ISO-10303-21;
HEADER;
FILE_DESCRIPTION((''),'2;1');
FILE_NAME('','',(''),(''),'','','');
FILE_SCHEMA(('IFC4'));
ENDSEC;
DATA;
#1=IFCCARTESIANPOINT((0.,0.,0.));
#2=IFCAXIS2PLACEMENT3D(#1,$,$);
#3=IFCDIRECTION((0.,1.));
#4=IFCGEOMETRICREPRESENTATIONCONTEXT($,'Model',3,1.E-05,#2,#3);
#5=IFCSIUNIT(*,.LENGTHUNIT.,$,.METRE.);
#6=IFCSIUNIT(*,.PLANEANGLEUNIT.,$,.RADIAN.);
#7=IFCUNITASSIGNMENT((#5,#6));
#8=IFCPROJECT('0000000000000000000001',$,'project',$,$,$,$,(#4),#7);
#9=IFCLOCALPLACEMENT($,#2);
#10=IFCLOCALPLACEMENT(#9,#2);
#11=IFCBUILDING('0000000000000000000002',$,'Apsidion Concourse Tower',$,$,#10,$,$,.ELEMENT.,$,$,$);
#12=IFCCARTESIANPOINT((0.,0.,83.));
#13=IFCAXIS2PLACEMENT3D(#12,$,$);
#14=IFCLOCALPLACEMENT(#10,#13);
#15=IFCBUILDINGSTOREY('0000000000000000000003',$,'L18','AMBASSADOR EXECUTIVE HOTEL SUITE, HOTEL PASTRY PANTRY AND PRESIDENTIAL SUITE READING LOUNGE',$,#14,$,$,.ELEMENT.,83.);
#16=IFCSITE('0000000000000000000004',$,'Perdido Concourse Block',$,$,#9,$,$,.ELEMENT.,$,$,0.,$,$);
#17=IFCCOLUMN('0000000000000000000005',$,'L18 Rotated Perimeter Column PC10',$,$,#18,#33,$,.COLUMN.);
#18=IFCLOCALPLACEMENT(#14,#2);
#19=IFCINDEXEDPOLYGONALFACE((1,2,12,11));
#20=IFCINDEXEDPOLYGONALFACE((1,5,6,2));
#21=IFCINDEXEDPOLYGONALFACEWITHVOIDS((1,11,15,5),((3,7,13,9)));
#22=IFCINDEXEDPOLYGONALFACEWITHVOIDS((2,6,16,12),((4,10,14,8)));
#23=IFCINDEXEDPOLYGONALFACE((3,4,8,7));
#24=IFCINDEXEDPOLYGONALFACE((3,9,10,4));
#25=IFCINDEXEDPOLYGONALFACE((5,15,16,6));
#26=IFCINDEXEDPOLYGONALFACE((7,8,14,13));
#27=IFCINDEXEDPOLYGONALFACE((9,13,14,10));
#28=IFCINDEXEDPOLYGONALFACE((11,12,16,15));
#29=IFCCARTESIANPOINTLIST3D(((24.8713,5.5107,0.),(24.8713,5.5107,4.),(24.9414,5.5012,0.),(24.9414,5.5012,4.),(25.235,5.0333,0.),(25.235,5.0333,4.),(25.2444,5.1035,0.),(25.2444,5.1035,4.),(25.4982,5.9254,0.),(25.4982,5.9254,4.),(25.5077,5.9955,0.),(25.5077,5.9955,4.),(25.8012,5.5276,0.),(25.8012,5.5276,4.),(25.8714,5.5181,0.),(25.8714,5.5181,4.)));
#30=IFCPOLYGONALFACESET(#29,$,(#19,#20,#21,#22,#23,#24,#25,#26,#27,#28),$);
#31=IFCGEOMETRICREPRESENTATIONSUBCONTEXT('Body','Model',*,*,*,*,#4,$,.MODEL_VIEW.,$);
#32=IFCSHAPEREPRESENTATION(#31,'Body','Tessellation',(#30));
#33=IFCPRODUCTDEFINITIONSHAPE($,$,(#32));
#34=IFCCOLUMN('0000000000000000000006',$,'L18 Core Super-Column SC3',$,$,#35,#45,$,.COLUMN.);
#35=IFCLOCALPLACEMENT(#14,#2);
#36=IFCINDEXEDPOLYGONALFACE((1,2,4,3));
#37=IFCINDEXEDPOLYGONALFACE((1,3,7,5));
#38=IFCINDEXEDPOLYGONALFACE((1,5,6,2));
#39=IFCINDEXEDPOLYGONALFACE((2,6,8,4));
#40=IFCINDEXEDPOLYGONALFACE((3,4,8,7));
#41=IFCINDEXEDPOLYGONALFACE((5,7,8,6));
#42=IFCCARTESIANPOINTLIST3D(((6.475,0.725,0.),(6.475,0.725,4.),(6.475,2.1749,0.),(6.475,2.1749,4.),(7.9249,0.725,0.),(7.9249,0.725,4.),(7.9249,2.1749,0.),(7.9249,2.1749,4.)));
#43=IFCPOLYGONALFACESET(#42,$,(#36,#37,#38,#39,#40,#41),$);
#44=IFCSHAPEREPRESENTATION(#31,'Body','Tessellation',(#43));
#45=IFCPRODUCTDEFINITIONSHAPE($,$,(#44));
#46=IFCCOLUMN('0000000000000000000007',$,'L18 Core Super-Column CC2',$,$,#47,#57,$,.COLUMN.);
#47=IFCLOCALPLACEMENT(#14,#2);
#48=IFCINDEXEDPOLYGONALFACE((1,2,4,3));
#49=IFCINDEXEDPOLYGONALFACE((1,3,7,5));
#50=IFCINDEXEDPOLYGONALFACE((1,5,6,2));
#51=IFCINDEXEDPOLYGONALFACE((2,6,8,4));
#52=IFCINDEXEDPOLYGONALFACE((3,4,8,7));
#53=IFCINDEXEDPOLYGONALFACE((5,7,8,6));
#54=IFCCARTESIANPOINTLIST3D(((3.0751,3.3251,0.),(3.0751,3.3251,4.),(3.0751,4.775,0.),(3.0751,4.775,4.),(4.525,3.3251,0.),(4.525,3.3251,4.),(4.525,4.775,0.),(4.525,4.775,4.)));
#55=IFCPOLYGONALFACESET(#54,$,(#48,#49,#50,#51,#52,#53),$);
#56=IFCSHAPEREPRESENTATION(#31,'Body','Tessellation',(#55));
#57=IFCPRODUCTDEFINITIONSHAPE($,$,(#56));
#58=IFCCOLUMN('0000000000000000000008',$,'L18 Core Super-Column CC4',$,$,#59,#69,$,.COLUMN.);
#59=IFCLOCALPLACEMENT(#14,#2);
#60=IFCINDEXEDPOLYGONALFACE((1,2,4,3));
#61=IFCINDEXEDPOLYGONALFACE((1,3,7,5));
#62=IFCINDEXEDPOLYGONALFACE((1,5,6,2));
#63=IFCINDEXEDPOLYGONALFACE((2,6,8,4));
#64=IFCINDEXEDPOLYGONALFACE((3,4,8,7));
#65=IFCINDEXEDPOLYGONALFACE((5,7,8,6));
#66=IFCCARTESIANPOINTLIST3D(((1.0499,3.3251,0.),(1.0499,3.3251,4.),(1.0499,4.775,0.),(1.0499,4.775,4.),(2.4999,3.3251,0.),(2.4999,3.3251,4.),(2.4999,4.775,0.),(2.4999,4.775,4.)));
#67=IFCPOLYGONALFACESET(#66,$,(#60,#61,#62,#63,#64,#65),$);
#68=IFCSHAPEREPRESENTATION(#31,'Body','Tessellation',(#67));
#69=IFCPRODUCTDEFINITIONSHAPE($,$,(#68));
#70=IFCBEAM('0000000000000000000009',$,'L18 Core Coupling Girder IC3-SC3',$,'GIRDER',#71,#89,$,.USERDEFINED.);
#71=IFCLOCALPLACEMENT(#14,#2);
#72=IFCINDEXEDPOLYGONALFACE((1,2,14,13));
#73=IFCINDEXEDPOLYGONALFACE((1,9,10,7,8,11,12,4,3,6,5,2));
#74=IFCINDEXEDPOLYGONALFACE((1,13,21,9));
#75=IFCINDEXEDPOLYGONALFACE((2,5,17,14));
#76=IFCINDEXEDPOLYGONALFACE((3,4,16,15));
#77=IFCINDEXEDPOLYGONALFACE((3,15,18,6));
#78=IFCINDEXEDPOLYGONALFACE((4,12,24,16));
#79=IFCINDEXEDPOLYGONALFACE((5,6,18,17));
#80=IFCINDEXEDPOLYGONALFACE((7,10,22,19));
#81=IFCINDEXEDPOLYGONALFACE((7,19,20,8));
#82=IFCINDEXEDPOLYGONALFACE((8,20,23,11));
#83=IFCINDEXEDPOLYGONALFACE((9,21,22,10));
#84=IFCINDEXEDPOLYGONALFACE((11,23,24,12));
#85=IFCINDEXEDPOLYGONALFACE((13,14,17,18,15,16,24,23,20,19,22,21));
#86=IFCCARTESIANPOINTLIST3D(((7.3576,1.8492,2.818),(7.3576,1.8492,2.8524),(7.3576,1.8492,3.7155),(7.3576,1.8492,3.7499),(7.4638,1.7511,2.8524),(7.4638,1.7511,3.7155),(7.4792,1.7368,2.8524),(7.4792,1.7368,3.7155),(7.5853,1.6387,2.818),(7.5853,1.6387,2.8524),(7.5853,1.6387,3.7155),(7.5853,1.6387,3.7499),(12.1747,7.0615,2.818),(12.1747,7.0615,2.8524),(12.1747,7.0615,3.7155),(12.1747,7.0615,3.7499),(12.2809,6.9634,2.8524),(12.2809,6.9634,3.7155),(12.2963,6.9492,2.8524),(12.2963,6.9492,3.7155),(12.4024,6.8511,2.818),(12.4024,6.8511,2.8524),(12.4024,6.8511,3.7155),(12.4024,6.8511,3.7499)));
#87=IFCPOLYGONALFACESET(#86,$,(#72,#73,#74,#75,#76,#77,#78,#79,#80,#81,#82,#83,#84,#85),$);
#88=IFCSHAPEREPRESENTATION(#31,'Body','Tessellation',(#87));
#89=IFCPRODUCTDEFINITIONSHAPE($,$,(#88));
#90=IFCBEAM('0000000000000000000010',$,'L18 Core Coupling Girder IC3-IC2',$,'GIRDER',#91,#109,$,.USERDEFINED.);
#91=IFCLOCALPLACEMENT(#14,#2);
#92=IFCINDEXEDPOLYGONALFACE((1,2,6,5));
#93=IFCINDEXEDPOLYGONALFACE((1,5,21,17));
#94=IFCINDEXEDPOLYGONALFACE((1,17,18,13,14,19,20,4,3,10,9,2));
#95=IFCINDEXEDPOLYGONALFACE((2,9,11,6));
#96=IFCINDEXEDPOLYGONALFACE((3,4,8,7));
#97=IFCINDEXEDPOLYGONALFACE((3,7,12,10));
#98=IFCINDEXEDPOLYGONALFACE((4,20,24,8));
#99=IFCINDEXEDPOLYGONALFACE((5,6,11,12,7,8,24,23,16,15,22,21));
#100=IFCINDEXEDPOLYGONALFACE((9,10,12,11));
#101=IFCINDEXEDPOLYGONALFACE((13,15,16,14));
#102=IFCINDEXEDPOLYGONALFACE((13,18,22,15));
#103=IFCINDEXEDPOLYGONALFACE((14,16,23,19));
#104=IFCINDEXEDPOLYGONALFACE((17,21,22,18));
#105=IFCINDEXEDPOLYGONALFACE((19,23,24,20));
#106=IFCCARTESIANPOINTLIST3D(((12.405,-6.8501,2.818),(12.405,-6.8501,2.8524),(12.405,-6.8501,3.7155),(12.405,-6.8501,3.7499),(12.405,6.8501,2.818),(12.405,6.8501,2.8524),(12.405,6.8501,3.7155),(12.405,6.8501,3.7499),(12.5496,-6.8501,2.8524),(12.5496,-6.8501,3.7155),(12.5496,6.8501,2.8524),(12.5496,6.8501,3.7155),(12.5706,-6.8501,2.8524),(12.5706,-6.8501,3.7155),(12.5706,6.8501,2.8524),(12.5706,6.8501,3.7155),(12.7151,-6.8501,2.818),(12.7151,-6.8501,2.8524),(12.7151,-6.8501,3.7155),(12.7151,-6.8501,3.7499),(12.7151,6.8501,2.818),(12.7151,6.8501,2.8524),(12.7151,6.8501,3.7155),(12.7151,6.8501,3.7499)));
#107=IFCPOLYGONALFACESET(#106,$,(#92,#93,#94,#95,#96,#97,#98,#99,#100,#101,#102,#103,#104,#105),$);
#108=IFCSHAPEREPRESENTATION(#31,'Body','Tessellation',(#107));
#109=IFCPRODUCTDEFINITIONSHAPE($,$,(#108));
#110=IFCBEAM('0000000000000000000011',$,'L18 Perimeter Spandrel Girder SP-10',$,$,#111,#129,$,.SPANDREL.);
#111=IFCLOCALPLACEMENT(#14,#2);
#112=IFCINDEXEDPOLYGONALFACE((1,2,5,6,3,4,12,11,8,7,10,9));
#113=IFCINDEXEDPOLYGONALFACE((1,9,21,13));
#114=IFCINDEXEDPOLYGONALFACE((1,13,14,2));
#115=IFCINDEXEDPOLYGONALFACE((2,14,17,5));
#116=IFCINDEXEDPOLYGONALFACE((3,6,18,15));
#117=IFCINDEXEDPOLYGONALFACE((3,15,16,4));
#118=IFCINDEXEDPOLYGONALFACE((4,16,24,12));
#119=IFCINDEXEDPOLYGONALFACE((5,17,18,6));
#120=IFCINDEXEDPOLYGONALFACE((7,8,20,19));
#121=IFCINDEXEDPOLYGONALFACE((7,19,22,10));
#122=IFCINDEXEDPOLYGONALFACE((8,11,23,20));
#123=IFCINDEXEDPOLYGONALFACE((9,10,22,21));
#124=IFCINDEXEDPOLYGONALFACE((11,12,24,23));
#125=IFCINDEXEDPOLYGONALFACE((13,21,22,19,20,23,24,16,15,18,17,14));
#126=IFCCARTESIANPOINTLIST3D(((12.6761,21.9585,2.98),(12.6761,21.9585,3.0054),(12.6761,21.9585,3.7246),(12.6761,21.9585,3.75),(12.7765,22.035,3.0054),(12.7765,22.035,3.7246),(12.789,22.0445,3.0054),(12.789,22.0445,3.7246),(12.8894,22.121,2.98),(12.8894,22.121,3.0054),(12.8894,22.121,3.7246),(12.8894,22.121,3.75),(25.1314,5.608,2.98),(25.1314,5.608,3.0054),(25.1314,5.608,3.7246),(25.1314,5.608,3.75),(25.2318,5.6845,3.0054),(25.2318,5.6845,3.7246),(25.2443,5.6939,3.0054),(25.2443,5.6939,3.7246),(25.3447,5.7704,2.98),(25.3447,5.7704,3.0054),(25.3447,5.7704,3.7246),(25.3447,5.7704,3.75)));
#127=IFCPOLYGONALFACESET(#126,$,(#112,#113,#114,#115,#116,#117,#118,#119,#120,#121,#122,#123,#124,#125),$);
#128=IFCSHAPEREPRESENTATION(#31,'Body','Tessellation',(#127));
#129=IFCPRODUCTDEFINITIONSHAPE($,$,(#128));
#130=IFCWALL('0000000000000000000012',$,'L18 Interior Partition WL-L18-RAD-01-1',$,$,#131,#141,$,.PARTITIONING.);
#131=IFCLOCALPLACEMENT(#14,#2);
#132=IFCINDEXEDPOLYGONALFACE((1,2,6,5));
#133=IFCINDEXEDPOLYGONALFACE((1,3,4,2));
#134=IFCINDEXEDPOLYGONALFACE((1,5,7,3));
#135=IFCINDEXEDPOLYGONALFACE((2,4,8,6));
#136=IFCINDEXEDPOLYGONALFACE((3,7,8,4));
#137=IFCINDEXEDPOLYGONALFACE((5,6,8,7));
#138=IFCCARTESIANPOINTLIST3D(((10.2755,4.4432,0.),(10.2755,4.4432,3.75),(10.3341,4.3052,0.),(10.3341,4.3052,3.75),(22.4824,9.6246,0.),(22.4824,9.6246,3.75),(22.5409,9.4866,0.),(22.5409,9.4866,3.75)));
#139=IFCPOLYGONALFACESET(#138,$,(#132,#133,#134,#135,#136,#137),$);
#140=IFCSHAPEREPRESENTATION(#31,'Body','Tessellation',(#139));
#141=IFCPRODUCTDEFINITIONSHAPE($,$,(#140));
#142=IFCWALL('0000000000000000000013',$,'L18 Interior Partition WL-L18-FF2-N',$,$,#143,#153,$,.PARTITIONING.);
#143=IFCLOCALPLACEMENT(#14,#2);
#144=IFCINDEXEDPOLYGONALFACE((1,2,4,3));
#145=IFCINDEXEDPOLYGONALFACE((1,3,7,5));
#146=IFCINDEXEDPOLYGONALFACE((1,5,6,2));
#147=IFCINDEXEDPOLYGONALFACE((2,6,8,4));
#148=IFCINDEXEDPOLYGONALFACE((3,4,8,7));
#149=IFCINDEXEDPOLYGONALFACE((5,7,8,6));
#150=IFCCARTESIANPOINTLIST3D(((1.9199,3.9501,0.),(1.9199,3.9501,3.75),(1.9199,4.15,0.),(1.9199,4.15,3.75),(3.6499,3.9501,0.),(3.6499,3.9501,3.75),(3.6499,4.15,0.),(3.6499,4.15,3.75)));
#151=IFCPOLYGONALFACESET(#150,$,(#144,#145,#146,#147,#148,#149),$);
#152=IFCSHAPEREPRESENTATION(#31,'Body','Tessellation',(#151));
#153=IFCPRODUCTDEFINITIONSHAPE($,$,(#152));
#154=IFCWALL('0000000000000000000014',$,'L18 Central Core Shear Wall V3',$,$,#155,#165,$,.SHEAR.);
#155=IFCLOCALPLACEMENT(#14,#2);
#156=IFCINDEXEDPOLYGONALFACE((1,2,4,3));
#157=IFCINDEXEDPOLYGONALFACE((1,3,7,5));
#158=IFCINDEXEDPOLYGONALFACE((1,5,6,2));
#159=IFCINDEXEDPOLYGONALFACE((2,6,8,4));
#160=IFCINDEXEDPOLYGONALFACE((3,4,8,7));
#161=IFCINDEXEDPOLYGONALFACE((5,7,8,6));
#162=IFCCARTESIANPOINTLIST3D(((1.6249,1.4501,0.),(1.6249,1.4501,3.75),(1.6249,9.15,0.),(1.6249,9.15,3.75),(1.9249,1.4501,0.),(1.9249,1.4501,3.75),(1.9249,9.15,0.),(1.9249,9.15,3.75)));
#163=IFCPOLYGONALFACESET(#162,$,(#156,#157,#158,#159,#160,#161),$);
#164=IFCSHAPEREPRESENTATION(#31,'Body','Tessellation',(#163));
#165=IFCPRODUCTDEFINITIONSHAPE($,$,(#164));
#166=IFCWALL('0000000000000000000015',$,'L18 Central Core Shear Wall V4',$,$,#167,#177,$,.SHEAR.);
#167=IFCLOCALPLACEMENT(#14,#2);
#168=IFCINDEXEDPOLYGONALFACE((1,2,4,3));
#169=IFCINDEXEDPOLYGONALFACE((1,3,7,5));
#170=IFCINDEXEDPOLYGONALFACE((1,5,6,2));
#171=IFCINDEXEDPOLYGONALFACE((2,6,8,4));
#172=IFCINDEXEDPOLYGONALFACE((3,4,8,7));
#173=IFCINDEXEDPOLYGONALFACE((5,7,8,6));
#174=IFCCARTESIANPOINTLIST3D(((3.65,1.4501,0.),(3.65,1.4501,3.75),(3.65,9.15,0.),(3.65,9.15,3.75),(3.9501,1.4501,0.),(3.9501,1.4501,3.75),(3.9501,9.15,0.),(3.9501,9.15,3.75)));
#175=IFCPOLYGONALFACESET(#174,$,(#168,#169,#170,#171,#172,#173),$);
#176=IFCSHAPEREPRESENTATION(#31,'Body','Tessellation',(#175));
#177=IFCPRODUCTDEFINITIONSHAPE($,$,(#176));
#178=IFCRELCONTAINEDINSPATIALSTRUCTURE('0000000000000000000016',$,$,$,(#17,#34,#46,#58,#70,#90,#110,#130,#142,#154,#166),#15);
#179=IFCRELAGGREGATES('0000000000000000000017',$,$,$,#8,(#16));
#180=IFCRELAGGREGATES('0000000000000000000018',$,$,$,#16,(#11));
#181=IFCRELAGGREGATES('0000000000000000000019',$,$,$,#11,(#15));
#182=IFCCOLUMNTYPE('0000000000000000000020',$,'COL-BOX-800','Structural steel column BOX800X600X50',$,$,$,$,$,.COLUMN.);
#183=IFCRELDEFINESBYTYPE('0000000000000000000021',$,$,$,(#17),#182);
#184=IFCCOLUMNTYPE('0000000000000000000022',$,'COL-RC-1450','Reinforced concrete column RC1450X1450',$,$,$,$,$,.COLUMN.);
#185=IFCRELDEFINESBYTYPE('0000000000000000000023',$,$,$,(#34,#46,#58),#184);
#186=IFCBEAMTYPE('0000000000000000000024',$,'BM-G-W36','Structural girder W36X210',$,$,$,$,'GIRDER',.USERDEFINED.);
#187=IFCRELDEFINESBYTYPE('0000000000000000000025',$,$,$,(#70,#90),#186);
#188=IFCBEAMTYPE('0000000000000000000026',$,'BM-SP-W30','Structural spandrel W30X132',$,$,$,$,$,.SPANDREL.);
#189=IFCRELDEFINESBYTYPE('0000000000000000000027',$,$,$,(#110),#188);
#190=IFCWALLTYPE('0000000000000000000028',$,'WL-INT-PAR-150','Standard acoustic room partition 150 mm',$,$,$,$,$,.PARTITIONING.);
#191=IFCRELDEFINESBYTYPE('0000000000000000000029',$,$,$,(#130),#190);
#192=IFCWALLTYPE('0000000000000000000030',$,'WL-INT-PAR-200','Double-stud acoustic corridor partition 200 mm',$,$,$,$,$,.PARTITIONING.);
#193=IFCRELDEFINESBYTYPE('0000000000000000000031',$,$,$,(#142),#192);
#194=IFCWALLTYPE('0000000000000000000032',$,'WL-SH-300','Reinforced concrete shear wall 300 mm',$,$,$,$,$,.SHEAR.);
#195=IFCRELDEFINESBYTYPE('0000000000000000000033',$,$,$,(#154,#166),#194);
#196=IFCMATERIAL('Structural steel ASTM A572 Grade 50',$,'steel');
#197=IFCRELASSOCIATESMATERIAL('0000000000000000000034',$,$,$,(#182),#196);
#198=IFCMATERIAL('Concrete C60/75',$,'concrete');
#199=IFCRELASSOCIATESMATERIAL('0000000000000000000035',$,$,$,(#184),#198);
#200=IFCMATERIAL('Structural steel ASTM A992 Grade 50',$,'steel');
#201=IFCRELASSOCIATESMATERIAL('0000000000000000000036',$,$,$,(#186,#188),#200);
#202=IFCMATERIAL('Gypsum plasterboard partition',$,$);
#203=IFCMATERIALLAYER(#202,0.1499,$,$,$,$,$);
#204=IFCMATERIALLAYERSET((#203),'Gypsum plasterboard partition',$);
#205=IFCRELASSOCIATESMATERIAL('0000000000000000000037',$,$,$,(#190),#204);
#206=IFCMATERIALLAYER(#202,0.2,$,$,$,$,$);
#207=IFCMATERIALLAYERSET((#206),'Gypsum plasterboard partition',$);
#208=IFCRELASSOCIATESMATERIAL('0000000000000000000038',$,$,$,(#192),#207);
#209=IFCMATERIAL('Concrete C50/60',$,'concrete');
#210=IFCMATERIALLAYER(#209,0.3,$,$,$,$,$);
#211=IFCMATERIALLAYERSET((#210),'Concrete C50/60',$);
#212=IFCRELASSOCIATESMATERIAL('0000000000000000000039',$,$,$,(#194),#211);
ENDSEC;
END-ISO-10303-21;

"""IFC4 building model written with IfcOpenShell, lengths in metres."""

from ifc_helpers import new_model, si_unit, direction, frame, frame_2d, origin, origin_2d, place, context, subcontext, project, spatial, rectangle, hollow_rectangle, i_section, extrude, material, layer, layer_set, material_profile, profile_set, type_object, element, save


model = new_model("IFC4")

# Units and contexts
model_context = context("Model", 3, precision=1e-05, world=origin(), true_north=direction((0.0, 1.0)))
body_context = subcontext(model_context, "Body", "Model", "MODEL_VIEW")
ifc_project = project(units=[si_unit("LENGTHUNIT", "METRE"), si_unit("PLANEANGLEUNIT", "RADIAN")], contexts=[model_context])

# Site, building, storey
site_placement = place(None, origin())
site = spatial("IfcSite", under=ifc_project, at=site_placement, Name="Perdido Concourse Block", CompositionType="ELEMENT", RefElevation=0.0)
building_placement = place(site_placement, origin())
building = spatial("IfcBuilding", under=site, at=building_placement, Name="Apsidion Concourse Tower", CompositionType="ELEMENT")
storey_placement = place(building_placement, frame((0.0, 0.0, 83.0)))
storey = spatial("IfcBuildingStorey", under=building, at=storey_placement, Name="L18", Description="AMBASSADOR EXECUTIVE HOTEL SUITE, HOTEL PASTRY PANTRY AND PRESIDENTIAL SUITE READING LOUNGE", CompositionType="ELEMENT", Elevation=83.0)

# Columns
ifc_material_1 = material(Name="Structural steel ASTM A572 Grade 50", Category="steel")
ifc_material_profile_1 = material_profile(ifc_material_1, hollow_rectangle(XDim=0.6001, YDim=0.8, WallThickness=0.05, at=origin_2d()), Name="BOX800X600X50")
ifc_profile_set_1 = profile_set([ifc_material_profile_1], Name="Structural steel ASTM A572 Grade 50")
column_type_1 = type_object("IfcColumnType", Name="COL-BOX-800", Description="Structural steel column BOX800X600X50", PredefinedType="COLUMN", material=ifc_profile_set_1)
column_placement = place(storey_placement, frame((25.3713, 5.5144, 0.0), z_axis=(0.0, 0.0, 1.0), x_axis=(-0.605988, 0.795473, 0.0)))
element("IfcColumn", 1, at=column_placement, inside=storey, type_object=column_type_1, Name="L18 Rotated Perimeter Column PC10", PredefinedType="COLUMN", context=body_context, shape_type="SweptSolid", body=[
    extrude(hollow_rectangle(XDim=0.6001, YDim=0.8, WallThickness=0.05, at=origin_2d()), origin(), (0.0, 0.0, 1.0), 4.0),
])
ifc_material_2 = material(Name="Concrete C60/75", Category="concrete")
ifc_material_profile_2 = material_profile(ifc_material_2, rectangle(XDim=1.45, YDim=1.45, at=origin_2d()), Name="RC 1450x1450")
ifc_profile_set_2 = profile_set([ifc_material_profile_2], Name="Concrete C60/75")
column_type_2 = type_object("IfcColumnType", Name="COL-RC-1450", Description="Reinforced concrete column RC1450X1450", PredefinedType="COLUMN", material=ifc_profile_set_2)
for number, where, z_axis, x_axis, name in (
    (2, (7.2, 1.45, 0.0), (0.0, 0.0, 1.0), (1.0, 0.0, 0.0), "L18 Core Super-Column SC3"),
    (3, (3.8, 4.05, 0.0), (0.0, 0.0, 1.0), (1.0, 0.0, 0.0), "L18 Core Super-Column CC2"),
    (4, (1.7749, 4.05, 0.0), (0.0, 0.0, 1.0), (1.0, 0.0, 0.0), "L18 Core Super-Column CC4"),
):
    element("IfcColumn", number, at=place(storey_placement, frame(where, z_axis=z_axis, x_axis=x_axis)), inside=storey, type_object=column_type_2, Name=name, PredefinedType="COLUMN", context=body_context, shape_type="SweptSolid", body=[
        extrude(rectangle(XDim=1.45, YDim=1.45, at=origin_2d()), origin(), (0.0, 0.0, 1.0), 4.0),
    ])

# Beams
ifc_material_3 = material(Name="Structural steel ASTM A992 Grade 50", Category="steel")
ifc_material_profile_3 = material_profile(ifc_material_3, i_section(OverallWidth=0.3101, OverallDepth=0.9319, WebThickness=0.021, FlangeThickness=0.0344, at=origin_2d()), Name="W36X210")
ifc_profile_set_3 = profile_set([ifc_material_profile_3], Name="Structural steel ASTM A992 Grade 50")
beam_type_1 = type_object("IfcBeamType", Name="BM-G-W36", Description="Structural girder W36X210", ElementType="GIRDER", PredefinedType="USERDEFINED", material=ifc_profile_set_3)
beam_1_placement = place(storey_placement, frame((12.2886, 6.9563, 3.2839), z_axis=(-0.678713, -0.734404, 0.0), x_axis=(0.734404, -0.678713, 0.0)))
element("IfcBeam", 5, at=beam_1_placement, inside=storey, type_object=beam_type_1, Name="L18 Core Coupling Girder IC3-SC3", ObjectType="GIRDER", PredefinedType="USERDEFINED", context=body_context, shape_type="SweptSolid", body=[
    extrude(i_section(OverallWidth=0.3101, OverallDepth=0.9319, WebThickness=0.021, FlangeThickness=0.0344, at=origin_2d()), origin(), (0.0, 0.0, 1.0), 7.0974),
])
beam_2_placement = place(storey_placement, frame((12.5601, 6.8501, 3.2839), z_axis=(0.0, -1.0, 0.0), x_axis=(1.0, 0.0, 0.0)))
element("IfcBeam", 6, at=beam_2_placement, inside=storey, type_object=beam_type_1, Name="L18 Core Coupling Girder IC3-IC2", ObjectType="GIRDER", PredefinedType="USERDEFINED", context=body_context, shape_type="SweptSolid", body=[
    extrude(i_section(OverallWidth=0.3101, OverallDepth=0.9319, WebThickness=0.021, FlangeThickness=0.0344, at=origin_2d()), origin(), (0.0, 0.0, 1.0), 13.7002),
])
ifc_material_profile_4 = material_profile(ifc_material_3, i_section(OverallWidth=0.2681, OverallDepth=0.77, WebThickness=0.0156, FlangeThickness=0.0254, at=origin_2d()), Name="W30X132")
ifc_profile_set_4 = profile_set([ifc_material_profile_4], Name="Structural steel ASTM A992 Grade 50")
beam_type_2 = type_object("IfcBeamType", Name="BM-SP-W30", Description="Structural spandrel W30X132", PredefinedType="SPANDREL", material=ifc_profile_set_4)
beam_3_placement = place(storey_placement, frame((25.238, 5.6892, 3.365), z_axis=(-0.605973, 0.795485, 0.0), x_axis=(-0.795485, -0.605973, 0.0)))
element("IfcBeam", 7, at=beam_3_placement, inside=storey, type_object=beam_type_2, Name="L18 Perimeter Spandrel Girder SP-10", PredefinedType="SPANDREL", context=body_context, shape_type="SweptSolid", body=[
    extrude(i_section(OverallWidth=0.2681, OverallDepth=0.77, WebThickness=0.0156, FlangeThickness=0.0254, at=origin_2d()), origin(), (0.0, 0.0, 1.0), 20.5542),
])

# Walls
ifc_material_4 = material(Name="Gypsum plasterboard partition")
ifc_layer_1 = layer(ifc_material_4, 0.1499)
ifc_layer_set_1 = layer_set([ifc_layer_1], Name="Gypsum plasterboard partition")
wall_type_1 = type_object("IfcWallType", Name="WL-INT-PAR-150", Description="Standard acoustic room partition 150 mm", PredefinedType="PARTITIONING", material=ifc_layer_set_1)
wall_1_placement = place(storey_placement, frame((10.3049, 4.3743, 0.0), z_axis=(0.0, 0.0, 1.0), x_axis=(0.920507, 0.390726, 0.0)))
element("IfcWall", 8, at=wall_1_placement, inside=storey, type_object=wall_type_1, Name="L18 Interior Partition WL-L18-RAD-01-1", PredefinedType="PARTITIONING", context=body_context, shape_type="SweptSolid", body=[
    extrude(rectangle(XDim=13.261, YDim=0.1499, at=frame_2d((6.6304, 0.0))), origin(), (0.0, 0.0, 1.0), 3.75),
])
ifc_layer_2 = layer(ifc_material_4, 0.2)
ifc_layer_set_2 = layer_set([ifc_layer_2], Name="Gypsum plasterboard partition")
wall_type_2 = type_object("IfcWallType", Name="WL-INT-PAR-200", Description="Double-stud acoustic corridor partition 200 mm", PredefinedType="PARTITIONING", material=ifc_layer_set_2)
wall_2_placement = place(storey_placement, frame((1.9199, 4.05, 0.0), z_axis=(0.0, 0.0, 1.0), x_axis=(1.0, 0.0, 0.0)))
element("IfcWall", 9, at=wall_2_placement, inside=storey, type_object=wall_type_2, Name="L18 Interior Partition WL-L18-FF2-N", PredefinedType="PARTITIONING", context=body_context, shape_type="SweptSolid", body=[
    extrude(rectangle(XDim=1.73, YDim=0.2, at=frame_2d((0.865, 0.0))), origin(), (0.0, 0.0, 1.0), 3.75),
])
ifc_material_5 = material(Name="Concrete C50/60", Category="concrete")
ifc_layer_3 = layer(ifc_material_5, 0.3)
ifc_layer_set_3 = layer_set([ifc_layer_3], Name="Concrete C50/60")
wall_type_3 = type_object("IfcWallType", Name="WL-SH-300", Description="Reinforced concrete shear wall 300 mm", PredefinedType="SHEAR", material=ifc_layer_set_3)
for number, where, z_axis, x_axis, name in (
    (10, (1.7749, 1.45, 0.0), (0.0, 0.0, 1.0), (0.0, 1.0, 0.0), "L18 Central Core Shear Wall V3"),
    (11, (3.8, 1.45, 0.0), (0.0, 0.0, 1.0), (0.0, 1.0, 0.0), "L18 Central Core Shear Wall V4"),
):
    element("IfcWall", number, at=place(storey_placement, frame(where, z_axis=z_axis, x_axis=x_axis)), inside=storey, type_object=wall_type_3, Name=name, PredefinedType="SHEAR", context=body_context, shape_type="SweptSolid", body=[
        extrude(rectangle(XDim=7.7, YDim=0.3, at=frame_2d((3.8501, 0.0))), origin(), (0.0, 0.0, 1.0), 3.75),
    ])

save(model, "model.ifc")
